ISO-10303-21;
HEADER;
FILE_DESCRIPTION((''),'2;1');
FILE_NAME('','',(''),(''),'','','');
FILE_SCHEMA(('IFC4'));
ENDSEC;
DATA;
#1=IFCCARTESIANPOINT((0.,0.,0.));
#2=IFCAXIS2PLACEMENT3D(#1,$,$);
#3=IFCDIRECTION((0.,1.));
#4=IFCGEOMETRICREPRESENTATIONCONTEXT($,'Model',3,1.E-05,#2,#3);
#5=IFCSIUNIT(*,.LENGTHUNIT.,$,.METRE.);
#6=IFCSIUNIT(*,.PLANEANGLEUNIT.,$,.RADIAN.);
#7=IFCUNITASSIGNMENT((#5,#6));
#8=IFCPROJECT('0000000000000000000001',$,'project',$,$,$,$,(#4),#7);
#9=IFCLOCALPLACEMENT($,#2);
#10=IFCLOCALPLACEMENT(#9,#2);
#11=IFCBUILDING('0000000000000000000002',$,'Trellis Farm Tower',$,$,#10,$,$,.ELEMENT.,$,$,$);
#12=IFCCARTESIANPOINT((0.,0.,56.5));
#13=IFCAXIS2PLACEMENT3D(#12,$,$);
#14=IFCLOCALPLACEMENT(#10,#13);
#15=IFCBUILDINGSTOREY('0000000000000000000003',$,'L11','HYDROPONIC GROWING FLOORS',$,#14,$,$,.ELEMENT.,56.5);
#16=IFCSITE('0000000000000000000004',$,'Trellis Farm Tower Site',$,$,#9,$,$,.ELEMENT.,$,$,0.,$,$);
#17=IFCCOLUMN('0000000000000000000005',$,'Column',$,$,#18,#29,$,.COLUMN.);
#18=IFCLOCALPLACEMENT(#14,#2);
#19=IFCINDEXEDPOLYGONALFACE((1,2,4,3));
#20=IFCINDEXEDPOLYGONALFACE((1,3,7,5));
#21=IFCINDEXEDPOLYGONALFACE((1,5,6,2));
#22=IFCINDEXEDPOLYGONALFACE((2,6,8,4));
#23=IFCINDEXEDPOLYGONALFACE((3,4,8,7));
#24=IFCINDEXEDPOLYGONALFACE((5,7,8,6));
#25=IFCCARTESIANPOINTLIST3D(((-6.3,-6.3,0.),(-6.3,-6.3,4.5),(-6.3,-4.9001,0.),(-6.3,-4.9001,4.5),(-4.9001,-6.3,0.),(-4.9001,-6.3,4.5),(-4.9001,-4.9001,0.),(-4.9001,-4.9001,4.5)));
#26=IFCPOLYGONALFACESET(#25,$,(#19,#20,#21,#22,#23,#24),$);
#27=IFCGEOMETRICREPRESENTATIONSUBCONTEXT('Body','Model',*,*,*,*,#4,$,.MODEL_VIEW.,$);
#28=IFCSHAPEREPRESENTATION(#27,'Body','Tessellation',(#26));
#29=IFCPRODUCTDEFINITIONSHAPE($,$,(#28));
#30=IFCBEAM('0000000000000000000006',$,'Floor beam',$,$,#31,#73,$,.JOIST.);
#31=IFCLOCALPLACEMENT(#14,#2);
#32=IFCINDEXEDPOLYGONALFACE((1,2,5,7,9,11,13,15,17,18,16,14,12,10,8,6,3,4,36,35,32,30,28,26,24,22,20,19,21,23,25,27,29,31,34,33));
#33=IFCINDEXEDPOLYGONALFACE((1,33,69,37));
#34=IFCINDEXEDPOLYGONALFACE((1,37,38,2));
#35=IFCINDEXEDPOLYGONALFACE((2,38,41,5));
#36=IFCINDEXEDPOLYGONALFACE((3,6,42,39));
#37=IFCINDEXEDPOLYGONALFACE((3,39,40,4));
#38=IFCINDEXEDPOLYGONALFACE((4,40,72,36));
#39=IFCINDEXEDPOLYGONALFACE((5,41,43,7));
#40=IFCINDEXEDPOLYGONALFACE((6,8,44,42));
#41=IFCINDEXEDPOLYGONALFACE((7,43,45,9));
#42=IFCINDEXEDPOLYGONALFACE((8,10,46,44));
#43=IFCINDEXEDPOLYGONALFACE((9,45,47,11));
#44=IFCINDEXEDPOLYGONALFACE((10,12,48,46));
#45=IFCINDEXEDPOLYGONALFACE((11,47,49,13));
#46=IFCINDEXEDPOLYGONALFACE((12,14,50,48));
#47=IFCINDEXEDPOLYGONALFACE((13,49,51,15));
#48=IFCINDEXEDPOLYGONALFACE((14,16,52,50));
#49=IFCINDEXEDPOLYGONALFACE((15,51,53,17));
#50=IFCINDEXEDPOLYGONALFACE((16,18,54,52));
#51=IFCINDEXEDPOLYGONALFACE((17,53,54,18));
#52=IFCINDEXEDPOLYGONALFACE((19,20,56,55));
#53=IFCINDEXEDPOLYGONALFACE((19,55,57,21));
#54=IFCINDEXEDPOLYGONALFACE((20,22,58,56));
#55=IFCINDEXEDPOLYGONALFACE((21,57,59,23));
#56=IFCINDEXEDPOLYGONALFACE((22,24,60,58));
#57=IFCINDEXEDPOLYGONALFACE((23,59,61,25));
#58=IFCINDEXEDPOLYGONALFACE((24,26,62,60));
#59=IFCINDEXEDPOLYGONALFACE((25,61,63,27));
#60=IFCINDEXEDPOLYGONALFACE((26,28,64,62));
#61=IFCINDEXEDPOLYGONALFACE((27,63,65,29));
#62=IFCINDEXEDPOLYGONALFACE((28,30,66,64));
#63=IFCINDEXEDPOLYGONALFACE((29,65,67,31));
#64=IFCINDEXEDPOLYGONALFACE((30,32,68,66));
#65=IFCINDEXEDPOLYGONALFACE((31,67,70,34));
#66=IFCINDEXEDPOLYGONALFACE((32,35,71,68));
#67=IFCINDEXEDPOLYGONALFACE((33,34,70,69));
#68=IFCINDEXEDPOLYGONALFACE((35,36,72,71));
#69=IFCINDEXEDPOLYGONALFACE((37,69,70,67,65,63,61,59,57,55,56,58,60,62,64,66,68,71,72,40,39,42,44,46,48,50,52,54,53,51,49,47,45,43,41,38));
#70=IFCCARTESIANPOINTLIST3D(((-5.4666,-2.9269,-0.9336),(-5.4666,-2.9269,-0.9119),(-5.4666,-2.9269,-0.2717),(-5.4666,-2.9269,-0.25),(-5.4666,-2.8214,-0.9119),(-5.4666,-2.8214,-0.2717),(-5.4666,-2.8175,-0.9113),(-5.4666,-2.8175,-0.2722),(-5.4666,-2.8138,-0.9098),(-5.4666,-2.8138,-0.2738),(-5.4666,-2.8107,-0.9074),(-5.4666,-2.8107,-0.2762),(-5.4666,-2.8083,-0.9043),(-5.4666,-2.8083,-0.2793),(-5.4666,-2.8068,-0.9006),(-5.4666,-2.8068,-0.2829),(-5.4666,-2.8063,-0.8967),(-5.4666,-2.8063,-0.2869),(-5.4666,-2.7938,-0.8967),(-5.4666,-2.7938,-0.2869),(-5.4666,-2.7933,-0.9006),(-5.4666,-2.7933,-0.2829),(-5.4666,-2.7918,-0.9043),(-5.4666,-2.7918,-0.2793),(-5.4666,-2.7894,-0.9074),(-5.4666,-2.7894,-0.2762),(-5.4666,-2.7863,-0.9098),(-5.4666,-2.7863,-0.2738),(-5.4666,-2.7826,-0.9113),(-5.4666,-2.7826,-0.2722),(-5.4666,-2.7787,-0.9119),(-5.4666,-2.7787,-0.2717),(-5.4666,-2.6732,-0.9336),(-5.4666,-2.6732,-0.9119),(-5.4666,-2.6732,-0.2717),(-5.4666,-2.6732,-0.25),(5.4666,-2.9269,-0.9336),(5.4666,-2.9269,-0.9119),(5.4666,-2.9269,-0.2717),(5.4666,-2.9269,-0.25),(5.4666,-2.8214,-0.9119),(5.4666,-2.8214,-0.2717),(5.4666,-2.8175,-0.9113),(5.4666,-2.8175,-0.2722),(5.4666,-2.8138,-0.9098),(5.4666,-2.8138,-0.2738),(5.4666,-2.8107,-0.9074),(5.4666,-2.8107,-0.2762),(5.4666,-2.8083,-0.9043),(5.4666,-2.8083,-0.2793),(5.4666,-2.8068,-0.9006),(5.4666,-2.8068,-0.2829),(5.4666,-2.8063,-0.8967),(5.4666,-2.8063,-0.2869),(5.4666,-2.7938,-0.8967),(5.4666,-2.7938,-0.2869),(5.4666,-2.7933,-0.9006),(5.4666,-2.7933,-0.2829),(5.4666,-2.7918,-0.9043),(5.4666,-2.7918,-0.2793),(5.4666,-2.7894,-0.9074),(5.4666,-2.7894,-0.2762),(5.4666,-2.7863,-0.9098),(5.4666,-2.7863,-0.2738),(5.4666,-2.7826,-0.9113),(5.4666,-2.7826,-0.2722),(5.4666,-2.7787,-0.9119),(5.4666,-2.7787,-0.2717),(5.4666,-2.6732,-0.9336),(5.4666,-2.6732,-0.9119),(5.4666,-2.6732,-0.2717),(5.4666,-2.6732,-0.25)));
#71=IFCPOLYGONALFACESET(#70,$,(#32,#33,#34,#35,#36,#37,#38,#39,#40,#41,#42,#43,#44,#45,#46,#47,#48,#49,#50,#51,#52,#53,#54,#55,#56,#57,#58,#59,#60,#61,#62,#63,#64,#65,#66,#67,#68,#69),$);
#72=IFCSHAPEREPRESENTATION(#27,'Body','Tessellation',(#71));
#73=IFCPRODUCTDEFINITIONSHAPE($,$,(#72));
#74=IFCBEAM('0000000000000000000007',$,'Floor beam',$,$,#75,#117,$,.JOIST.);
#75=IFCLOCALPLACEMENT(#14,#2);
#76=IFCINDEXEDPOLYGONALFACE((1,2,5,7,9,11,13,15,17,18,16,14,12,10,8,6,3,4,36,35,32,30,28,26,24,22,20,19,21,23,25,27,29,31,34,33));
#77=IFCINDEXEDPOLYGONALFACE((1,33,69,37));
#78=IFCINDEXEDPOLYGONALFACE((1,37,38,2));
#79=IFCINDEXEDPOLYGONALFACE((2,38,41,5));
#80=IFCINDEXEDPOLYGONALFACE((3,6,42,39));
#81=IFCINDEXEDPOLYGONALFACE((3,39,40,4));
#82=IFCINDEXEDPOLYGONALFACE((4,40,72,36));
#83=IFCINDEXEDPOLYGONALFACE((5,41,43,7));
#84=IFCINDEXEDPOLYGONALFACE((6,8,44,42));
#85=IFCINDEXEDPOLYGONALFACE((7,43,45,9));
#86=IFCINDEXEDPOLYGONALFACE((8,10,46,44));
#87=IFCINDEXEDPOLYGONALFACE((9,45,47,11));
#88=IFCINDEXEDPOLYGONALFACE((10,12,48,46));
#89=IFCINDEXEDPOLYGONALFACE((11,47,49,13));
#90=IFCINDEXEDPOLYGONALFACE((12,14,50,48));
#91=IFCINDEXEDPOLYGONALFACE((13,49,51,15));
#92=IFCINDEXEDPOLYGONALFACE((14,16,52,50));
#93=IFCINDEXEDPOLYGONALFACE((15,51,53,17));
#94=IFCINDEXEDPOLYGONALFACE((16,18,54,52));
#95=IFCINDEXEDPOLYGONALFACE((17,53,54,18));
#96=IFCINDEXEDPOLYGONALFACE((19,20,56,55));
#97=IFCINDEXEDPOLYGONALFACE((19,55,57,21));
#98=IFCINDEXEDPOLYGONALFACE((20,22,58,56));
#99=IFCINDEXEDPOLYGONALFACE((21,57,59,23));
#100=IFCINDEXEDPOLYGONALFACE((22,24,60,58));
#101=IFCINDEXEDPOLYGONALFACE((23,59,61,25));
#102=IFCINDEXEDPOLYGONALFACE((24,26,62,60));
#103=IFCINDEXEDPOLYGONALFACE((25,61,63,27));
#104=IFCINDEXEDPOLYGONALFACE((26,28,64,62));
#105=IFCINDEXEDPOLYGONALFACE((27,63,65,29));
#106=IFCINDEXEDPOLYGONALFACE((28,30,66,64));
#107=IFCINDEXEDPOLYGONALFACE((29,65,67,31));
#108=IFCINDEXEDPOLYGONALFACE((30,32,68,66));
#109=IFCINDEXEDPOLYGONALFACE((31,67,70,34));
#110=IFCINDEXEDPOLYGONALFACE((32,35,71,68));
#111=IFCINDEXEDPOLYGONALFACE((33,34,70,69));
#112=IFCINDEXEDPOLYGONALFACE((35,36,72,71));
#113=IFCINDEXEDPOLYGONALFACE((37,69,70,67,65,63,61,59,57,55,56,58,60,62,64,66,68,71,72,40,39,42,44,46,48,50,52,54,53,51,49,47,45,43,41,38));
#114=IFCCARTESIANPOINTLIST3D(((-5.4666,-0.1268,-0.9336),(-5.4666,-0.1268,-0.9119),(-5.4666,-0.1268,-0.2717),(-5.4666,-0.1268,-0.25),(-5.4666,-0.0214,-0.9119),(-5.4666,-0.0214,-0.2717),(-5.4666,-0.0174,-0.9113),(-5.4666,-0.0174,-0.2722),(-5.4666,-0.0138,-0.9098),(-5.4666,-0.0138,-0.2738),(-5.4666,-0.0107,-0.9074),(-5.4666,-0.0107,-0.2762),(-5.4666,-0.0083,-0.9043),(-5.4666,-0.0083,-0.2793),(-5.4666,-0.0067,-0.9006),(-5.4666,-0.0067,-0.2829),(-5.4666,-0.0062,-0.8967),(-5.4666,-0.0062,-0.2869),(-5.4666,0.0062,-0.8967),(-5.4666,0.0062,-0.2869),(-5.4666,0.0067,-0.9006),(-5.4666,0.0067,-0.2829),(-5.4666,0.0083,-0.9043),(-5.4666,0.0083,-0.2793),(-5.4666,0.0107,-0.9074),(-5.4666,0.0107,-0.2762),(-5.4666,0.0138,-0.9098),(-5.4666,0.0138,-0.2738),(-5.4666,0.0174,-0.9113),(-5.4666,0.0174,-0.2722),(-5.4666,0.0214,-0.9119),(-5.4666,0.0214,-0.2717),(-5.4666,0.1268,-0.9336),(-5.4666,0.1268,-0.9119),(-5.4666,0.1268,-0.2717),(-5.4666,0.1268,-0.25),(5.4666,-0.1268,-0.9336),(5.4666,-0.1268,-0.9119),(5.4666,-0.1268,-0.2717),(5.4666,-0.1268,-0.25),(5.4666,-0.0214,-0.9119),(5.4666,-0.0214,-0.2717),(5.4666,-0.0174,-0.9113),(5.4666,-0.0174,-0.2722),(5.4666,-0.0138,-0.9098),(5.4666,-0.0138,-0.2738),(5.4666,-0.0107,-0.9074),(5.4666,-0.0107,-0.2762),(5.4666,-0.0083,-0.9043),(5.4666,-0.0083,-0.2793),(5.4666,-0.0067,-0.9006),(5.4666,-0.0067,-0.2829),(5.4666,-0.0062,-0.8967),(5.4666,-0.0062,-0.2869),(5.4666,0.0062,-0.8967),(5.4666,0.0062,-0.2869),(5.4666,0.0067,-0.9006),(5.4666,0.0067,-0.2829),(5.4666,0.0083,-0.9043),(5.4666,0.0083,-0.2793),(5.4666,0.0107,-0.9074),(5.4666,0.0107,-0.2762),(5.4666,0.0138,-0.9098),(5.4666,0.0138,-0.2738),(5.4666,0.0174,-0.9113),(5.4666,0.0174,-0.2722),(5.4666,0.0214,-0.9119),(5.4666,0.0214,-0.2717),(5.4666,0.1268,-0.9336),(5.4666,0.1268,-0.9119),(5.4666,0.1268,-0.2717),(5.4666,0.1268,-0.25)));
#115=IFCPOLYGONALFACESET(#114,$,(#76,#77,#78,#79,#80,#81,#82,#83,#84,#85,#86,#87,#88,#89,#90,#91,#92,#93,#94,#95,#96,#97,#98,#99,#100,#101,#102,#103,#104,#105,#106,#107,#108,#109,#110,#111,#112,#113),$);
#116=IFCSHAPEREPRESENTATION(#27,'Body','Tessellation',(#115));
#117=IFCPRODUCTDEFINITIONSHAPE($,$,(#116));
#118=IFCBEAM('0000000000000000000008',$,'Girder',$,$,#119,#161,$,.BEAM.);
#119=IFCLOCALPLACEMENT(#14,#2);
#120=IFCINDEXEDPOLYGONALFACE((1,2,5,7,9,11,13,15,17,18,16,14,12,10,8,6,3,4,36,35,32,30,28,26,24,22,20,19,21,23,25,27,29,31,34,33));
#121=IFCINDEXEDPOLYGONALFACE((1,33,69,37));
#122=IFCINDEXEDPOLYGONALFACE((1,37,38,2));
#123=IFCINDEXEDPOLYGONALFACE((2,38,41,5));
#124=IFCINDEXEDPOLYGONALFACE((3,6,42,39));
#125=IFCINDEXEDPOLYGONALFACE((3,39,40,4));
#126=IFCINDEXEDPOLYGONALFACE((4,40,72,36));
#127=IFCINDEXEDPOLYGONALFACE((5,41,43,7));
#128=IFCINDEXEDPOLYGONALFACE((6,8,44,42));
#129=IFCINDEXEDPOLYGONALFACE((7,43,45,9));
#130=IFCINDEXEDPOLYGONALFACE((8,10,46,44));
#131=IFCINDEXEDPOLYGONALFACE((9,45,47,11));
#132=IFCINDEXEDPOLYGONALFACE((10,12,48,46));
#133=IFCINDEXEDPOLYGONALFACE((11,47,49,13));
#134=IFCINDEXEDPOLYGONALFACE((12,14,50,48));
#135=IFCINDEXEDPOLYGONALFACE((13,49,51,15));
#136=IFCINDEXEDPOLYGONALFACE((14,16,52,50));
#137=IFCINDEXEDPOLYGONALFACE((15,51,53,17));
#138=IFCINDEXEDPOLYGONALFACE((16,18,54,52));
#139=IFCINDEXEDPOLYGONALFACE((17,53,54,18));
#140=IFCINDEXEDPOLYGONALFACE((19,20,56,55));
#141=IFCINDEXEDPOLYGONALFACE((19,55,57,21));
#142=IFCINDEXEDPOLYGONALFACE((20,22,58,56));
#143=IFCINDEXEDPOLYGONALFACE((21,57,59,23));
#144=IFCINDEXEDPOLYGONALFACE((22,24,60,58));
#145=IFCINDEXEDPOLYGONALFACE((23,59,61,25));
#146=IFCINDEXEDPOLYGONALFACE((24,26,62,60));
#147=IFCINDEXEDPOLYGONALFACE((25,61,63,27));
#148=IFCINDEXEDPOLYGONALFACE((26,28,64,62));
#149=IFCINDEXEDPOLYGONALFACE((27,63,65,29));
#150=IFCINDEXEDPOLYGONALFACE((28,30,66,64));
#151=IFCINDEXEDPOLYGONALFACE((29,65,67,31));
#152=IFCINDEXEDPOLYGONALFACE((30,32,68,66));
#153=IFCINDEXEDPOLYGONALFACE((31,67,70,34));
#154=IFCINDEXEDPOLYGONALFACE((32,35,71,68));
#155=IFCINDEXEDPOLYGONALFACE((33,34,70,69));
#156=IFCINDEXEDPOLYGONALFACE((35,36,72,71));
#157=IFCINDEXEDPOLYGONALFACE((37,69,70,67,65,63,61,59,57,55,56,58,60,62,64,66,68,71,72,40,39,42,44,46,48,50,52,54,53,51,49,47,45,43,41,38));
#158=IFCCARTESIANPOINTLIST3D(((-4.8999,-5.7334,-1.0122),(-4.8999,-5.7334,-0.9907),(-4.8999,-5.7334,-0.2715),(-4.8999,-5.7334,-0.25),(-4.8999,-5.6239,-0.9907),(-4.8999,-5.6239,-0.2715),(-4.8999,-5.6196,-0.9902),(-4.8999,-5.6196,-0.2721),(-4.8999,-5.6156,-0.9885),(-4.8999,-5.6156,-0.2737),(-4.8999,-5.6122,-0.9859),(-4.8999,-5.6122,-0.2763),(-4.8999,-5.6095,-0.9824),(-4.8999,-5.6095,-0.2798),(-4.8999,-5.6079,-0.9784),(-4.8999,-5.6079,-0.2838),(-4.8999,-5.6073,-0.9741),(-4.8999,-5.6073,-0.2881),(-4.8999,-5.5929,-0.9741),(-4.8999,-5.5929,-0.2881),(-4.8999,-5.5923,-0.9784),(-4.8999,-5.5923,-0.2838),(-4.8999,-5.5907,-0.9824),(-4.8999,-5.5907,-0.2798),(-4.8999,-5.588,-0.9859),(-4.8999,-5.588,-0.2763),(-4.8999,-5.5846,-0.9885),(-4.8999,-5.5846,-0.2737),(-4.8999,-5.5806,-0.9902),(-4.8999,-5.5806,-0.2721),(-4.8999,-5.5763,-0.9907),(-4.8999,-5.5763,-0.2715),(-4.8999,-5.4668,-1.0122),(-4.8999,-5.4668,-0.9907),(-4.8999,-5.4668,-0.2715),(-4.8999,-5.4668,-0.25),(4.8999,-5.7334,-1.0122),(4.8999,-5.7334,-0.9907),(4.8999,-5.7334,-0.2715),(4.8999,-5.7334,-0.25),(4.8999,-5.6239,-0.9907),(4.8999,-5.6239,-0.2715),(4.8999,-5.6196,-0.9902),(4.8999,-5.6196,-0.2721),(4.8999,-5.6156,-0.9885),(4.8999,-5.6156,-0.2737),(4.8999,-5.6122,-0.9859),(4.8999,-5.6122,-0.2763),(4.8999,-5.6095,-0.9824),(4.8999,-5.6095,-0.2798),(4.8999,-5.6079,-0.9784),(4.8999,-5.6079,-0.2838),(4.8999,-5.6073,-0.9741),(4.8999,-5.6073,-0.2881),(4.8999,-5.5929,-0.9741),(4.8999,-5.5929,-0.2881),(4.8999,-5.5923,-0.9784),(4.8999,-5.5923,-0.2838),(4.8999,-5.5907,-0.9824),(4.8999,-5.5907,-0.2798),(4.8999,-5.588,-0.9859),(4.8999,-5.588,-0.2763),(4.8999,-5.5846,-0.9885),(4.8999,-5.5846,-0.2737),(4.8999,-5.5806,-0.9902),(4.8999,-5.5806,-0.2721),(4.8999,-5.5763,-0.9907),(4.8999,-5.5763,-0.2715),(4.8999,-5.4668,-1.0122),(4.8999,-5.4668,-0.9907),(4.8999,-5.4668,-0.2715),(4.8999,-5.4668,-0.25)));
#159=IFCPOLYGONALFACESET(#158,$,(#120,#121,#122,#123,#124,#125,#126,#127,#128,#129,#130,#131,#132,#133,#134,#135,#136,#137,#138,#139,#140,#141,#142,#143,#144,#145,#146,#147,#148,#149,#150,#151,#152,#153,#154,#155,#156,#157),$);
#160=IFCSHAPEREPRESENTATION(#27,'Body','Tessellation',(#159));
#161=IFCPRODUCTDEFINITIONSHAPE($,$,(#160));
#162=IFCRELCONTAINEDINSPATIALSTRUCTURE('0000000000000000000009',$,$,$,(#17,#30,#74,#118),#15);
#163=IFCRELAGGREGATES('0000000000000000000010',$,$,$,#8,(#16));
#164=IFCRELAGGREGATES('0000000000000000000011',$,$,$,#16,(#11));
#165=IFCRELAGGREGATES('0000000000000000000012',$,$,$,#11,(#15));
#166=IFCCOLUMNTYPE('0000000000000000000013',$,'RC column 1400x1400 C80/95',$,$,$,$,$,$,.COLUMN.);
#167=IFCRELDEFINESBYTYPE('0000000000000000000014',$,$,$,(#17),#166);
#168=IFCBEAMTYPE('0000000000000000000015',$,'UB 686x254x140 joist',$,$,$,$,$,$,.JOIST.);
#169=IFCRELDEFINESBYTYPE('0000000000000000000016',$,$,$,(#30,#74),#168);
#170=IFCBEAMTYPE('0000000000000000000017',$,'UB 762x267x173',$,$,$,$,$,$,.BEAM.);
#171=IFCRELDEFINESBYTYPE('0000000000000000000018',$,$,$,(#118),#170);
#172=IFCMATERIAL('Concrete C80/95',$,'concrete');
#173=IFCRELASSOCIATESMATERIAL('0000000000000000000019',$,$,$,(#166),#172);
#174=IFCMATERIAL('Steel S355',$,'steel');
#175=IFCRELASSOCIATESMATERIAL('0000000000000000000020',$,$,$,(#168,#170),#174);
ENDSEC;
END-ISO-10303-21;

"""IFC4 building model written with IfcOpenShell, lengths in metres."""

from ifc_helpers import new_model, si_unit, direction, frame, origin, origin_2d, place, context, subcontext, project, spatial, rectangle, i_section, extrude, source, transform, mapped, material, material_profile, profile_set, type_object, element, save


model = new_model("IFC4")

# Units and contexts
model_context = context("Model", 3, precision=1e-05, world=origin(), true_north=direction((0.0, 1.0)))
body_context = subcontext(model_context, "Body", "Model", "MODEL_VIEW")
ifc_project = project(units=[si_unit("LENGTHUNIT", "METRE"), si_unit("PLANEANGLEUNIT", "RADIAN")], contexts=[model_context])

# Site, building, storey
site_placement = place(None, origin())
site = spatial("IfcSite", under=ifc_project, at=site_placement, Name="Trellis Farm Tower Site", CompositionType="ELEMENT", RefElevation=0.0)
building_placement = place(site_placement, origin())
building = spatial("IfcBuilding", under=site, at=building_placement, Name="Trellis Farm Tower", CompositionType="ELEMENT")
storey_placement = place(building_placement, frame((0.0, 0.0, 56.5)))
storey = spatial("IfcBuildingStorey", under=building, at=storey_placement, Name="L11", Description="HYDROPONIC GROWING FLOORS", CompositionType="ELEMENT", Elevation=56.5)

# Column
ifc_material_1 = material(Name="Concrete C80/95", Category="concrete")
ifc_material_profile_1 = material_profile(ifc_material_1, rectangle(XDim=1.3999, YDim=1.3999, at=origin_2d()), Name="RC column 1400x1400 C80/95")
ifc_profile_set_1 = profile_set([ifc_material_profile_1], Name="Concrete C80/95")
column_type = type_object("IfcColumnType", Name="RC column 1400x1400 C80/95", PredefinedType="COLUMN", material=ifc_profile_set_1)
shared_shape_1 = source(origin(), body_context, "Body", "SweptSolid", [
    extrude(rectangle(XDim=1.3999, YDim=1.3999, at=origin_2d()), origin(), (0.0, 0.0, 1.0), 4.5),
])
column_placement = place(storey_placement, frame((-5.6001, -5.6001, 0.0), z_axis=(0.0, 0.0, 1.0), x_axis=(1.0, 0.0, 0.0)))
element("IfcColumn", 1, at=column_placement, inside=storey, type_object=column_type, Name="Column", PredefinedType="COLUMN", context=body_context, shape_type="MappedRepresentation", body=[
    mapped(shared_shape_1, transform((0.0, 0.0, 0.0))),
])

# Beams
ifc_material_2 = material(Name="Steel S355", Category="steel")
ifc_material_profile_2 = material_profile(ifc_material_2, i_section(OverallWidth=0.2537, OverallDepth=0.6836, WebThickness=0.0125, FlangeThickness=0.0217, FilletRadius=0.0151, at=origin_2d()), Name="UB 686x254x140")
ifc_profile_set_2 = profile_set([ifc_material_profile_2], Name="Steel S355")
beam_type_1 = type_object("IfcBeamType", Name="UB 686x254x140 joist", PredefinedType="JOIST", material=ifc_profile_set_2)
shared_shape_2 = source(origin(), body_context, "Body", "SweptSolid", [
    extrude(i_section(OverallWidth=0.2537, OverallDepth=0.6836, WebThickness=0.0125, FlangeThickness=0.0217, FilletRadius=0.0151, at=origin_2d()), origin(), (0.0, 0.0, 1.0), 10.9331),
])
for number, where, z_axis, x_axis, name in (
    (2, (-5.4666, -2.8, -0.5918), (1.0, 0.0, 0.0), (0.0, 1.0, 0.0), "Floor beam"),
    (3, (-5.4666, 0.0, -0.5918), (1.0, 0.0, 0.0), (0.0, 1.0, 0.0), "Floor beam"),
):
    element("IfcBeam", number, at=place(storey_placement, frame(where, z_axis=z_axis, x_axis=x_axis)), inside=storey, type_object=beam_type_1, Name=name, PredefinedType="JOIST", context=body_context, shape_type="MappedRepresentation", body=[
        mapped(shared_shape_2, transform((0.0, 0.0, 0.0))),
    ])
ifc_material_profile_3 = material_profile(ifc_material_2, i_section(OverallWidth=0.2666, OverallDepth=0.7622, WebThickness=0.0144, FlangeThickness=0.0215, FilletRadius=0.0166, at=origin_2d()), Name="UB 762x267x173")
ifc_profile_set_3 = profile_set([ifc_material_profile_3], Name="Steel S355")
beam_type_2 = type_object("IfcBeamType", Name="UB 762x267x173", PredefinedType="BEAM", material=ifc_profile_set_3)
shared_shape_3 = source(origin(), body_context, "Body", "SweptSolid", [
    extrude(i_section(OverallWidth=0.2666, OverallDepth=0.7622, WebThickness=0.0144, FlangeThickness=0.0215, FilletRadius=0.0166, at=origin_2d()), origin(), (0.0, 0.0, 1.0), 9.7998),
])
for number, where, z_axis, x_axis, name in (
    (4, (-4.8999, -5.6001, -0.6311), (1.0, 0.0, 0.0), (0.0, 1.0, 0.0), "Girder"),
):
    element("IfcBeam", number, at=place(storey_placement, frame(where, z_axis=z_axis, x_axis=x_axis)), inside=storey, type_object=beam_type_2, Name=name, PredefinedType="BEAM", context=body_context, shape_type="MappedRepresentation", body=[
        mapped(shared_shape_3, transform((0.0, 0.0, 0.0))),
    ])

save(model, "model.ifc")
